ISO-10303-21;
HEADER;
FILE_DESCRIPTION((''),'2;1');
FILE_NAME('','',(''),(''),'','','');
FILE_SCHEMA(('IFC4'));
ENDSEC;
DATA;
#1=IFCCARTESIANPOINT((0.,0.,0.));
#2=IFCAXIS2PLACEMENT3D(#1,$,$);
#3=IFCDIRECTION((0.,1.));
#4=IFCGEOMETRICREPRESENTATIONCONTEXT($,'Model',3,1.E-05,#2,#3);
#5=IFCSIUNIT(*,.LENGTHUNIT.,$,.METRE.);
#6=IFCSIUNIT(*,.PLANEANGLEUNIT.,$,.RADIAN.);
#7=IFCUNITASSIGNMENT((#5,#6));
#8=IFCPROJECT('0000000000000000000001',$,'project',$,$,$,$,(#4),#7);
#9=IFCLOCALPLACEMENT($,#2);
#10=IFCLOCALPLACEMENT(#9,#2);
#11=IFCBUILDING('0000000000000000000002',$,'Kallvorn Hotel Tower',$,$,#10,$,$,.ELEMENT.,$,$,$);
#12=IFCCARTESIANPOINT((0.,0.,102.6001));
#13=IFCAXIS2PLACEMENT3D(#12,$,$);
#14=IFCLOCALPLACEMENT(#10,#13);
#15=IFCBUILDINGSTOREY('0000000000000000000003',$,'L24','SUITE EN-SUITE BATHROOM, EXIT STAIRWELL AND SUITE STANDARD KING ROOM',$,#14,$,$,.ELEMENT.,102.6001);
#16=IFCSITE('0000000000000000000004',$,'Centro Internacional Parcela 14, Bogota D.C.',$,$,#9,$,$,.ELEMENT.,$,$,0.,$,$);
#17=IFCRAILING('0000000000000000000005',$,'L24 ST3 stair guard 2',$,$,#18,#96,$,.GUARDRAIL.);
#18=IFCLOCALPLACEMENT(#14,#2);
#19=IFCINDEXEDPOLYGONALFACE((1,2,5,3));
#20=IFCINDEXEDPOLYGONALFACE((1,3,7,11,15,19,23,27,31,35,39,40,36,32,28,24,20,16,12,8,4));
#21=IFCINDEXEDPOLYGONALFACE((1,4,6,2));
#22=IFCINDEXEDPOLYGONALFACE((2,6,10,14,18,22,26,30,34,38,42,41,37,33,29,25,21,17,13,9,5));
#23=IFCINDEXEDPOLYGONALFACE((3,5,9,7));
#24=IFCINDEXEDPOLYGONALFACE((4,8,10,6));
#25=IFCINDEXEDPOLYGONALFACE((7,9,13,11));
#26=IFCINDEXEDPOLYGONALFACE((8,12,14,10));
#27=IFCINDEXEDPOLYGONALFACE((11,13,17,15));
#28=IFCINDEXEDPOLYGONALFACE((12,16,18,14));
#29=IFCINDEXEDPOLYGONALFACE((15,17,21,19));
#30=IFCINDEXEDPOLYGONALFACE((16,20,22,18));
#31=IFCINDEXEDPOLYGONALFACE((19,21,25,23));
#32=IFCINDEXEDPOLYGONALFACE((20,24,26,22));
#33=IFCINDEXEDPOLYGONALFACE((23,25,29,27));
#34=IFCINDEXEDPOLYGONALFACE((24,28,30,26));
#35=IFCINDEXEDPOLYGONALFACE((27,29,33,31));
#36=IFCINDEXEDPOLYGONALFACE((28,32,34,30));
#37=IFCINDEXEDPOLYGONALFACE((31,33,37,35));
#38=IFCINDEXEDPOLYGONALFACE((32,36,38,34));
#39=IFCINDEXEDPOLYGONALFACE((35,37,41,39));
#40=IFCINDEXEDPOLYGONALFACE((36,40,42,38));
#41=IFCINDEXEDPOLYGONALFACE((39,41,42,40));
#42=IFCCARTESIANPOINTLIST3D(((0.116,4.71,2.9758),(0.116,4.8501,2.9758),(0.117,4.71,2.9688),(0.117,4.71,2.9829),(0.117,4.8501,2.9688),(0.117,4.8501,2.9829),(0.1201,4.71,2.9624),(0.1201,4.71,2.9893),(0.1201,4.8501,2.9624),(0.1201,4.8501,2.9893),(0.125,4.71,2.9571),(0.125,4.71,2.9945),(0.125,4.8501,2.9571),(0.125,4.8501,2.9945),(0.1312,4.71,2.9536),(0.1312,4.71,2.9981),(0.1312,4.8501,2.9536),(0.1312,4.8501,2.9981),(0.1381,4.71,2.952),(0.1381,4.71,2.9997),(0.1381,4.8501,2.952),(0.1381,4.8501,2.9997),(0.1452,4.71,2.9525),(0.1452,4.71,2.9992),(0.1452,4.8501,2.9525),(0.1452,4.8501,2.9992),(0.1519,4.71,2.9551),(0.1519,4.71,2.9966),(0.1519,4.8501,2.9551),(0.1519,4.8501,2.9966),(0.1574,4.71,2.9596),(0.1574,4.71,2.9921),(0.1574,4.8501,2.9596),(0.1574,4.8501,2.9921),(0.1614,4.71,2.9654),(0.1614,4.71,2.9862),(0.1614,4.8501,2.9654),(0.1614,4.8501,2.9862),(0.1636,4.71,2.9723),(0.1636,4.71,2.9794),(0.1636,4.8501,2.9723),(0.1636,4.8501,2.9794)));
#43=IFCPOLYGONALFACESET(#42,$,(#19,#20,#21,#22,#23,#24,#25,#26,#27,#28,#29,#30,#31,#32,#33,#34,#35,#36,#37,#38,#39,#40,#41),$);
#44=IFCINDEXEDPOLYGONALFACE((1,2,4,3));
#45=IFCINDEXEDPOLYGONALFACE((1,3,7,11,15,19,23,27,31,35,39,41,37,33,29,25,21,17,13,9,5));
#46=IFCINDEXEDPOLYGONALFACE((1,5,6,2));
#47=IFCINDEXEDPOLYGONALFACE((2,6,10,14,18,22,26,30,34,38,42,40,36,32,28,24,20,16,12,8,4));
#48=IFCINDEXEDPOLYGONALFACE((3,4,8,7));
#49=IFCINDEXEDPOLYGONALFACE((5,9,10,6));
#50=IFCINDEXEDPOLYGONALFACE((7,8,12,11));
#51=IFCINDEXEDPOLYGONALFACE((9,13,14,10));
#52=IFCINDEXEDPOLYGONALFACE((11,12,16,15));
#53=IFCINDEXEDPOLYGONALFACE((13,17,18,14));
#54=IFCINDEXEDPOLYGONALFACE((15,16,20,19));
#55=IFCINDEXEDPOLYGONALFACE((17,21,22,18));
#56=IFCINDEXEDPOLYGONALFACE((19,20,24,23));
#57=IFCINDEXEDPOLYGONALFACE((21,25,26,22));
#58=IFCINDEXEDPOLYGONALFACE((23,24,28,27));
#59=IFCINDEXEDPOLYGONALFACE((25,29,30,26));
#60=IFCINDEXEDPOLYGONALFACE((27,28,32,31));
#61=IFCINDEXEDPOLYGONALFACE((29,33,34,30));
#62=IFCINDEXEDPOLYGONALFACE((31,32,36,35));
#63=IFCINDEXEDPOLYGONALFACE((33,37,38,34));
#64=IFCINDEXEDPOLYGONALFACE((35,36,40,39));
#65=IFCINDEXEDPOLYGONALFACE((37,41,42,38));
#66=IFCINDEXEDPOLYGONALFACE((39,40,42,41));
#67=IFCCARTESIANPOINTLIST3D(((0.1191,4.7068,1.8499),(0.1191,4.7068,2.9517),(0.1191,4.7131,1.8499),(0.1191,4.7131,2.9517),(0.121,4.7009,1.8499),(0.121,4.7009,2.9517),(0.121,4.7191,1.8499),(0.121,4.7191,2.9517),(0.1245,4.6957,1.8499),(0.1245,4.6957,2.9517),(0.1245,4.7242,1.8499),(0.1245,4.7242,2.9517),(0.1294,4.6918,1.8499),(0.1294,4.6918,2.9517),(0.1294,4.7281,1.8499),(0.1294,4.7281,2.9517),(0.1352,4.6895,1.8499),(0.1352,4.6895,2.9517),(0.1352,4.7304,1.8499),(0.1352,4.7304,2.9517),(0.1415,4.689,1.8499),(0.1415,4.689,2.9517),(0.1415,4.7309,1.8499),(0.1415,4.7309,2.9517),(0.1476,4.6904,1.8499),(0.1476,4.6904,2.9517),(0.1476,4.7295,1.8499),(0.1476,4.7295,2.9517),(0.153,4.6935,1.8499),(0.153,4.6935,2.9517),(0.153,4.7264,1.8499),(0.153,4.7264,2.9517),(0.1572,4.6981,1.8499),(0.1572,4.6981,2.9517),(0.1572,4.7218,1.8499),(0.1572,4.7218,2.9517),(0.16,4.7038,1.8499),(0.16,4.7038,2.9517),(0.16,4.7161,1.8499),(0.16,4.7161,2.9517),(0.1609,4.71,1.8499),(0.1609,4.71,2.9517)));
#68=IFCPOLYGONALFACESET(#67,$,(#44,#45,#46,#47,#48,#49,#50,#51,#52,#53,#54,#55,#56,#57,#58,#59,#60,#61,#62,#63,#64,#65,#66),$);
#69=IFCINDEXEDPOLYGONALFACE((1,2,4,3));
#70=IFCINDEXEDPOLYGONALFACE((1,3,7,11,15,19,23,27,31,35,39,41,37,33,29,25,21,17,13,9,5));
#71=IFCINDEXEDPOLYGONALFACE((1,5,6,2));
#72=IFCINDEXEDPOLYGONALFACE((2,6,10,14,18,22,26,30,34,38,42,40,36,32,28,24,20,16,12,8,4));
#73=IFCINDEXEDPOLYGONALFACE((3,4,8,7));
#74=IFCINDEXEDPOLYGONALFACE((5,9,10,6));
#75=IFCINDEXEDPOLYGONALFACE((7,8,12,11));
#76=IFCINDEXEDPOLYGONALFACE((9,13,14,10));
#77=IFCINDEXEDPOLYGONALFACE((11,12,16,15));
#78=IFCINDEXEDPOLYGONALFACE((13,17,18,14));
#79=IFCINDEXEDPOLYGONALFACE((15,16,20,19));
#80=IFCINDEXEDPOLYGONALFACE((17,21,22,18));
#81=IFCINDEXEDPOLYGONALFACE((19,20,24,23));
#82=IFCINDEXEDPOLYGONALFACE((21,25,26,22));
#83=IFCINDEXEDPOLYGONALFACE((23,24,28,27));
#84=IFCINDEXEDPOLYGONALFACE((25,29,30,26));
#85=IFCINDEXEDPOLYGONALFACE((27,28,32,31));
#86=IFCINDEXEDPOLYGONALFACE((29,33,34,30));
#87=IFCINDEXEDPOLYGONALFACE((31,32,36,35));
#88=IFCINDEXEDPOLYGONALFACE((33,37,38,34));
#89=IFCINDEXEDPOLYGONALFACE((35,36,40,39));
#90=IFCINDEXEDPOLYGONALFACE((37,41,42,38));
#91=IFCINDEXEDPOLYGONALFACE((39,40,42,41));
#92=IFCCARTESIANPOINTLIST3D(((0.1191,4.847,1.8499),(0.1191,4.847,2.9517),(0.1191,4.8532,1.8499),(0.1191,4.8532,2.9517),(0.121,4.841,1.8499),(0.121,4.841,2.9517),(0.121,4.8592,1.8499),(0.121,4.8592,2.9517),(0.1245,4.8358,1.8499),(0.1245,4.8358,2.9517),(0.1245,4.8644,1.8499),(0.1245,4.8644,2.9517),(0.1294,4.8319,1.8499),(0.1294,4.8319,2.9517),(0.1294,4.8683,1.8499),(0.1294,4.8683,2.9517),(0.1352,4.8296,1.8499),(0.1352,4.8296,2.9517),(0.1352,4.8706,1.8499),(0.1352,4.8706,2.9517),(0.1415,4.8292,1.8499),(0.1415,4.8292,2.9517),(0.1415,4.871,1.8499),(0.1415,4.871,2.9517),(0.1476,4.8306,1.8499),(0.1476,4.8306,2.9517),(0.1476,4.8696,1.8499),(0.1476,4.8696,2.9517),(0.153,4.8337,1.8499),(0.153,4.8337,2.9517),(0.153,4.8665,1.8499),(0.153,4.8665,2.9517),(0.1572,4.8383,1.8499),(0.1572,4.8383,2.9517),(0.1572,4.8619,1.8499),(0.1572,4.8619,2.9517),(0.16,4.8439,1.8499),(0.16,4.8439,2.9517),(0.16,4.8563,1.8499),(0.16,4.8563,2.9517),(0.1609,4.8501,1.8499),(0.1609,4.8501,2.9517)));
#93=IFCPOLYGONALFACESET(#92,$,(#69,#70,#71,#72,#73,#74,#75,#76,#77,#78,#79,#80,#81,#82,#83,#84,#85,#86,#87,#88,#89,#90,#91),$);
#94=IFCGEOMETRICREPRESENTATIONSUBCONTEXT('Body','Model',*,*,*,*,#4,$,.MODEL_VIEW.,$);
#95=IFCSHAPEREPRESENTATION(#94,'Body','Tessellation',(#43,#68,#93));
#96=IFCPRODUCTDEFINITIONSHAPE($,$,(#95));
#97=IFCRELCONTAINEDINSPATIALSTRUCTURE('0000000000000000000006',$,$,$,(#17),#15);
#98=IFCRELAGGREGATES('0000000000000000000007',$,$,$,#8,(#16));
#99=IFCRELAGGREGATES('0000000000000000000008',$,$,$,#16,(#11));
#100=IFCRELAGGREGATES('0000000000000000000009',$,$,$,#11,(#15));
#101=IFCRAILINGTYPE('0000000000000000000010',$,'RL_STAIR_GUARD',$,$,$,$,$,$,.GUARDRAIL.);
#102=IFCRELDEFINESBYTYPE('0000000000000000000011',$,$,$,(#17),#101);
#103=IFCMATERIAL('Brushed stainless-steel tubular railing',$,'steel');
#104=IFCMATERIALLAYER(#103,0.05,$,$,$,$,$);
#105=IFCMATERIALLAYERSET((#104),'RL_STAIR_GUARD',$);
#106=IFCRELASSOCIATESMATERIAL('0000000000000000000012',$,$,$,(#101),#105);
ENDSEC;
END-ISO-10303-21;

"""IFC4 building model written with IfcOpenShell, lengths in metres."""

from ifc_helpers import new_model, si_unit, direction, frame, origin, origin_2d, place, context, subcontext, project, spatial, circle, extrude, material, layer, layer_set, type_object, element, save


model = new_model("IFC4")

# Units and contexts
model_context = context("Model", 3, precision=1e-05, world=origin(), true_north=direction((0.0, 1.0)))
body_context = subcontext(model_context, "Body", "Model", "MODEL_VIEW")
ifc_project = project(units=[si_unit("LENGTHUNIT", "METRE"), si_unit("PLANEANGLEUNIT", "RADIAN")], contexts=[model_context])

# Site, building, storey
site_placement = place(None, origin())
site = spatial("IfcSite", under=ifc_project, at=site_placement, Name="Centro Internacional Parcela 14, Bogota D.C.", CompositionType="ELEMENT", RefElevation=0.0)
building_placement = place(site_placement, origin())
building = spatial("IfcBuilding", under=site, at=building_placement, Name="Kallvorn Hotel Tower", CompositionType="ELEMENT")
storey_placement = place(building_placement, frame((0.0, 0.0, 102.6001)))
storey = spatial("IfcBuildingStorey", under=building, at=storey_placement, Name="L24", Description="SUITE EN-SUITE BATHROOM, EXIT STAIRWELL AND SUITE STANDARD KING ROOM", CompositionType="ELEMENT", Elevation=102.6001)

# Railing
ifc_material_1 = material(Name="Brushed stainless-steel tubular railing", Category="steel")
ifc_layer_1 = layer(ifc_material_1, 0.05)
ifc_layer_set_1 = layer_set([ifc_layer_1], Name="RL_STAIR_GUARD")
railing_type_1 = type_object("IfcRailingType", Name="RL_STAIR_GUARD", PredefinedType="GUARDRAIL", material=ifc_layer_set_1)
railing_1_placement = place(storey_placement, frame((0.1399, 4.71, 1.8499)))
element("IfcRailing", 1, at=railing_1_placement, inside=storey, type_object=railing_type_1, Name="L24 ST3 stair guard 2", PredefinedType="GUARDRAIL", context=body_context, shape_type="SweptSolid", body=[
    extrude(circle(Radius=0.0239, at=origin_2d()), frame((0.0, 0.0, 1.126), z_axis=(0.0, 1.0, 0.0), x_axis=(-1.0, 0.0, 0.0)), (0.0, 0.0, 1.0), 0.1401),
    extrude(circle(Radius=0.021, at=origin_2d()), origin(), (0.0, 0.0, 1.0), 1.1018),
    extrude(circle(Radius=0.021, at=origin_2d()), frame((0.0, 0.1401, 0.0)), (0.0, 0.0, 1.0), 1.1018),
])

save(model, "model.ifc")
